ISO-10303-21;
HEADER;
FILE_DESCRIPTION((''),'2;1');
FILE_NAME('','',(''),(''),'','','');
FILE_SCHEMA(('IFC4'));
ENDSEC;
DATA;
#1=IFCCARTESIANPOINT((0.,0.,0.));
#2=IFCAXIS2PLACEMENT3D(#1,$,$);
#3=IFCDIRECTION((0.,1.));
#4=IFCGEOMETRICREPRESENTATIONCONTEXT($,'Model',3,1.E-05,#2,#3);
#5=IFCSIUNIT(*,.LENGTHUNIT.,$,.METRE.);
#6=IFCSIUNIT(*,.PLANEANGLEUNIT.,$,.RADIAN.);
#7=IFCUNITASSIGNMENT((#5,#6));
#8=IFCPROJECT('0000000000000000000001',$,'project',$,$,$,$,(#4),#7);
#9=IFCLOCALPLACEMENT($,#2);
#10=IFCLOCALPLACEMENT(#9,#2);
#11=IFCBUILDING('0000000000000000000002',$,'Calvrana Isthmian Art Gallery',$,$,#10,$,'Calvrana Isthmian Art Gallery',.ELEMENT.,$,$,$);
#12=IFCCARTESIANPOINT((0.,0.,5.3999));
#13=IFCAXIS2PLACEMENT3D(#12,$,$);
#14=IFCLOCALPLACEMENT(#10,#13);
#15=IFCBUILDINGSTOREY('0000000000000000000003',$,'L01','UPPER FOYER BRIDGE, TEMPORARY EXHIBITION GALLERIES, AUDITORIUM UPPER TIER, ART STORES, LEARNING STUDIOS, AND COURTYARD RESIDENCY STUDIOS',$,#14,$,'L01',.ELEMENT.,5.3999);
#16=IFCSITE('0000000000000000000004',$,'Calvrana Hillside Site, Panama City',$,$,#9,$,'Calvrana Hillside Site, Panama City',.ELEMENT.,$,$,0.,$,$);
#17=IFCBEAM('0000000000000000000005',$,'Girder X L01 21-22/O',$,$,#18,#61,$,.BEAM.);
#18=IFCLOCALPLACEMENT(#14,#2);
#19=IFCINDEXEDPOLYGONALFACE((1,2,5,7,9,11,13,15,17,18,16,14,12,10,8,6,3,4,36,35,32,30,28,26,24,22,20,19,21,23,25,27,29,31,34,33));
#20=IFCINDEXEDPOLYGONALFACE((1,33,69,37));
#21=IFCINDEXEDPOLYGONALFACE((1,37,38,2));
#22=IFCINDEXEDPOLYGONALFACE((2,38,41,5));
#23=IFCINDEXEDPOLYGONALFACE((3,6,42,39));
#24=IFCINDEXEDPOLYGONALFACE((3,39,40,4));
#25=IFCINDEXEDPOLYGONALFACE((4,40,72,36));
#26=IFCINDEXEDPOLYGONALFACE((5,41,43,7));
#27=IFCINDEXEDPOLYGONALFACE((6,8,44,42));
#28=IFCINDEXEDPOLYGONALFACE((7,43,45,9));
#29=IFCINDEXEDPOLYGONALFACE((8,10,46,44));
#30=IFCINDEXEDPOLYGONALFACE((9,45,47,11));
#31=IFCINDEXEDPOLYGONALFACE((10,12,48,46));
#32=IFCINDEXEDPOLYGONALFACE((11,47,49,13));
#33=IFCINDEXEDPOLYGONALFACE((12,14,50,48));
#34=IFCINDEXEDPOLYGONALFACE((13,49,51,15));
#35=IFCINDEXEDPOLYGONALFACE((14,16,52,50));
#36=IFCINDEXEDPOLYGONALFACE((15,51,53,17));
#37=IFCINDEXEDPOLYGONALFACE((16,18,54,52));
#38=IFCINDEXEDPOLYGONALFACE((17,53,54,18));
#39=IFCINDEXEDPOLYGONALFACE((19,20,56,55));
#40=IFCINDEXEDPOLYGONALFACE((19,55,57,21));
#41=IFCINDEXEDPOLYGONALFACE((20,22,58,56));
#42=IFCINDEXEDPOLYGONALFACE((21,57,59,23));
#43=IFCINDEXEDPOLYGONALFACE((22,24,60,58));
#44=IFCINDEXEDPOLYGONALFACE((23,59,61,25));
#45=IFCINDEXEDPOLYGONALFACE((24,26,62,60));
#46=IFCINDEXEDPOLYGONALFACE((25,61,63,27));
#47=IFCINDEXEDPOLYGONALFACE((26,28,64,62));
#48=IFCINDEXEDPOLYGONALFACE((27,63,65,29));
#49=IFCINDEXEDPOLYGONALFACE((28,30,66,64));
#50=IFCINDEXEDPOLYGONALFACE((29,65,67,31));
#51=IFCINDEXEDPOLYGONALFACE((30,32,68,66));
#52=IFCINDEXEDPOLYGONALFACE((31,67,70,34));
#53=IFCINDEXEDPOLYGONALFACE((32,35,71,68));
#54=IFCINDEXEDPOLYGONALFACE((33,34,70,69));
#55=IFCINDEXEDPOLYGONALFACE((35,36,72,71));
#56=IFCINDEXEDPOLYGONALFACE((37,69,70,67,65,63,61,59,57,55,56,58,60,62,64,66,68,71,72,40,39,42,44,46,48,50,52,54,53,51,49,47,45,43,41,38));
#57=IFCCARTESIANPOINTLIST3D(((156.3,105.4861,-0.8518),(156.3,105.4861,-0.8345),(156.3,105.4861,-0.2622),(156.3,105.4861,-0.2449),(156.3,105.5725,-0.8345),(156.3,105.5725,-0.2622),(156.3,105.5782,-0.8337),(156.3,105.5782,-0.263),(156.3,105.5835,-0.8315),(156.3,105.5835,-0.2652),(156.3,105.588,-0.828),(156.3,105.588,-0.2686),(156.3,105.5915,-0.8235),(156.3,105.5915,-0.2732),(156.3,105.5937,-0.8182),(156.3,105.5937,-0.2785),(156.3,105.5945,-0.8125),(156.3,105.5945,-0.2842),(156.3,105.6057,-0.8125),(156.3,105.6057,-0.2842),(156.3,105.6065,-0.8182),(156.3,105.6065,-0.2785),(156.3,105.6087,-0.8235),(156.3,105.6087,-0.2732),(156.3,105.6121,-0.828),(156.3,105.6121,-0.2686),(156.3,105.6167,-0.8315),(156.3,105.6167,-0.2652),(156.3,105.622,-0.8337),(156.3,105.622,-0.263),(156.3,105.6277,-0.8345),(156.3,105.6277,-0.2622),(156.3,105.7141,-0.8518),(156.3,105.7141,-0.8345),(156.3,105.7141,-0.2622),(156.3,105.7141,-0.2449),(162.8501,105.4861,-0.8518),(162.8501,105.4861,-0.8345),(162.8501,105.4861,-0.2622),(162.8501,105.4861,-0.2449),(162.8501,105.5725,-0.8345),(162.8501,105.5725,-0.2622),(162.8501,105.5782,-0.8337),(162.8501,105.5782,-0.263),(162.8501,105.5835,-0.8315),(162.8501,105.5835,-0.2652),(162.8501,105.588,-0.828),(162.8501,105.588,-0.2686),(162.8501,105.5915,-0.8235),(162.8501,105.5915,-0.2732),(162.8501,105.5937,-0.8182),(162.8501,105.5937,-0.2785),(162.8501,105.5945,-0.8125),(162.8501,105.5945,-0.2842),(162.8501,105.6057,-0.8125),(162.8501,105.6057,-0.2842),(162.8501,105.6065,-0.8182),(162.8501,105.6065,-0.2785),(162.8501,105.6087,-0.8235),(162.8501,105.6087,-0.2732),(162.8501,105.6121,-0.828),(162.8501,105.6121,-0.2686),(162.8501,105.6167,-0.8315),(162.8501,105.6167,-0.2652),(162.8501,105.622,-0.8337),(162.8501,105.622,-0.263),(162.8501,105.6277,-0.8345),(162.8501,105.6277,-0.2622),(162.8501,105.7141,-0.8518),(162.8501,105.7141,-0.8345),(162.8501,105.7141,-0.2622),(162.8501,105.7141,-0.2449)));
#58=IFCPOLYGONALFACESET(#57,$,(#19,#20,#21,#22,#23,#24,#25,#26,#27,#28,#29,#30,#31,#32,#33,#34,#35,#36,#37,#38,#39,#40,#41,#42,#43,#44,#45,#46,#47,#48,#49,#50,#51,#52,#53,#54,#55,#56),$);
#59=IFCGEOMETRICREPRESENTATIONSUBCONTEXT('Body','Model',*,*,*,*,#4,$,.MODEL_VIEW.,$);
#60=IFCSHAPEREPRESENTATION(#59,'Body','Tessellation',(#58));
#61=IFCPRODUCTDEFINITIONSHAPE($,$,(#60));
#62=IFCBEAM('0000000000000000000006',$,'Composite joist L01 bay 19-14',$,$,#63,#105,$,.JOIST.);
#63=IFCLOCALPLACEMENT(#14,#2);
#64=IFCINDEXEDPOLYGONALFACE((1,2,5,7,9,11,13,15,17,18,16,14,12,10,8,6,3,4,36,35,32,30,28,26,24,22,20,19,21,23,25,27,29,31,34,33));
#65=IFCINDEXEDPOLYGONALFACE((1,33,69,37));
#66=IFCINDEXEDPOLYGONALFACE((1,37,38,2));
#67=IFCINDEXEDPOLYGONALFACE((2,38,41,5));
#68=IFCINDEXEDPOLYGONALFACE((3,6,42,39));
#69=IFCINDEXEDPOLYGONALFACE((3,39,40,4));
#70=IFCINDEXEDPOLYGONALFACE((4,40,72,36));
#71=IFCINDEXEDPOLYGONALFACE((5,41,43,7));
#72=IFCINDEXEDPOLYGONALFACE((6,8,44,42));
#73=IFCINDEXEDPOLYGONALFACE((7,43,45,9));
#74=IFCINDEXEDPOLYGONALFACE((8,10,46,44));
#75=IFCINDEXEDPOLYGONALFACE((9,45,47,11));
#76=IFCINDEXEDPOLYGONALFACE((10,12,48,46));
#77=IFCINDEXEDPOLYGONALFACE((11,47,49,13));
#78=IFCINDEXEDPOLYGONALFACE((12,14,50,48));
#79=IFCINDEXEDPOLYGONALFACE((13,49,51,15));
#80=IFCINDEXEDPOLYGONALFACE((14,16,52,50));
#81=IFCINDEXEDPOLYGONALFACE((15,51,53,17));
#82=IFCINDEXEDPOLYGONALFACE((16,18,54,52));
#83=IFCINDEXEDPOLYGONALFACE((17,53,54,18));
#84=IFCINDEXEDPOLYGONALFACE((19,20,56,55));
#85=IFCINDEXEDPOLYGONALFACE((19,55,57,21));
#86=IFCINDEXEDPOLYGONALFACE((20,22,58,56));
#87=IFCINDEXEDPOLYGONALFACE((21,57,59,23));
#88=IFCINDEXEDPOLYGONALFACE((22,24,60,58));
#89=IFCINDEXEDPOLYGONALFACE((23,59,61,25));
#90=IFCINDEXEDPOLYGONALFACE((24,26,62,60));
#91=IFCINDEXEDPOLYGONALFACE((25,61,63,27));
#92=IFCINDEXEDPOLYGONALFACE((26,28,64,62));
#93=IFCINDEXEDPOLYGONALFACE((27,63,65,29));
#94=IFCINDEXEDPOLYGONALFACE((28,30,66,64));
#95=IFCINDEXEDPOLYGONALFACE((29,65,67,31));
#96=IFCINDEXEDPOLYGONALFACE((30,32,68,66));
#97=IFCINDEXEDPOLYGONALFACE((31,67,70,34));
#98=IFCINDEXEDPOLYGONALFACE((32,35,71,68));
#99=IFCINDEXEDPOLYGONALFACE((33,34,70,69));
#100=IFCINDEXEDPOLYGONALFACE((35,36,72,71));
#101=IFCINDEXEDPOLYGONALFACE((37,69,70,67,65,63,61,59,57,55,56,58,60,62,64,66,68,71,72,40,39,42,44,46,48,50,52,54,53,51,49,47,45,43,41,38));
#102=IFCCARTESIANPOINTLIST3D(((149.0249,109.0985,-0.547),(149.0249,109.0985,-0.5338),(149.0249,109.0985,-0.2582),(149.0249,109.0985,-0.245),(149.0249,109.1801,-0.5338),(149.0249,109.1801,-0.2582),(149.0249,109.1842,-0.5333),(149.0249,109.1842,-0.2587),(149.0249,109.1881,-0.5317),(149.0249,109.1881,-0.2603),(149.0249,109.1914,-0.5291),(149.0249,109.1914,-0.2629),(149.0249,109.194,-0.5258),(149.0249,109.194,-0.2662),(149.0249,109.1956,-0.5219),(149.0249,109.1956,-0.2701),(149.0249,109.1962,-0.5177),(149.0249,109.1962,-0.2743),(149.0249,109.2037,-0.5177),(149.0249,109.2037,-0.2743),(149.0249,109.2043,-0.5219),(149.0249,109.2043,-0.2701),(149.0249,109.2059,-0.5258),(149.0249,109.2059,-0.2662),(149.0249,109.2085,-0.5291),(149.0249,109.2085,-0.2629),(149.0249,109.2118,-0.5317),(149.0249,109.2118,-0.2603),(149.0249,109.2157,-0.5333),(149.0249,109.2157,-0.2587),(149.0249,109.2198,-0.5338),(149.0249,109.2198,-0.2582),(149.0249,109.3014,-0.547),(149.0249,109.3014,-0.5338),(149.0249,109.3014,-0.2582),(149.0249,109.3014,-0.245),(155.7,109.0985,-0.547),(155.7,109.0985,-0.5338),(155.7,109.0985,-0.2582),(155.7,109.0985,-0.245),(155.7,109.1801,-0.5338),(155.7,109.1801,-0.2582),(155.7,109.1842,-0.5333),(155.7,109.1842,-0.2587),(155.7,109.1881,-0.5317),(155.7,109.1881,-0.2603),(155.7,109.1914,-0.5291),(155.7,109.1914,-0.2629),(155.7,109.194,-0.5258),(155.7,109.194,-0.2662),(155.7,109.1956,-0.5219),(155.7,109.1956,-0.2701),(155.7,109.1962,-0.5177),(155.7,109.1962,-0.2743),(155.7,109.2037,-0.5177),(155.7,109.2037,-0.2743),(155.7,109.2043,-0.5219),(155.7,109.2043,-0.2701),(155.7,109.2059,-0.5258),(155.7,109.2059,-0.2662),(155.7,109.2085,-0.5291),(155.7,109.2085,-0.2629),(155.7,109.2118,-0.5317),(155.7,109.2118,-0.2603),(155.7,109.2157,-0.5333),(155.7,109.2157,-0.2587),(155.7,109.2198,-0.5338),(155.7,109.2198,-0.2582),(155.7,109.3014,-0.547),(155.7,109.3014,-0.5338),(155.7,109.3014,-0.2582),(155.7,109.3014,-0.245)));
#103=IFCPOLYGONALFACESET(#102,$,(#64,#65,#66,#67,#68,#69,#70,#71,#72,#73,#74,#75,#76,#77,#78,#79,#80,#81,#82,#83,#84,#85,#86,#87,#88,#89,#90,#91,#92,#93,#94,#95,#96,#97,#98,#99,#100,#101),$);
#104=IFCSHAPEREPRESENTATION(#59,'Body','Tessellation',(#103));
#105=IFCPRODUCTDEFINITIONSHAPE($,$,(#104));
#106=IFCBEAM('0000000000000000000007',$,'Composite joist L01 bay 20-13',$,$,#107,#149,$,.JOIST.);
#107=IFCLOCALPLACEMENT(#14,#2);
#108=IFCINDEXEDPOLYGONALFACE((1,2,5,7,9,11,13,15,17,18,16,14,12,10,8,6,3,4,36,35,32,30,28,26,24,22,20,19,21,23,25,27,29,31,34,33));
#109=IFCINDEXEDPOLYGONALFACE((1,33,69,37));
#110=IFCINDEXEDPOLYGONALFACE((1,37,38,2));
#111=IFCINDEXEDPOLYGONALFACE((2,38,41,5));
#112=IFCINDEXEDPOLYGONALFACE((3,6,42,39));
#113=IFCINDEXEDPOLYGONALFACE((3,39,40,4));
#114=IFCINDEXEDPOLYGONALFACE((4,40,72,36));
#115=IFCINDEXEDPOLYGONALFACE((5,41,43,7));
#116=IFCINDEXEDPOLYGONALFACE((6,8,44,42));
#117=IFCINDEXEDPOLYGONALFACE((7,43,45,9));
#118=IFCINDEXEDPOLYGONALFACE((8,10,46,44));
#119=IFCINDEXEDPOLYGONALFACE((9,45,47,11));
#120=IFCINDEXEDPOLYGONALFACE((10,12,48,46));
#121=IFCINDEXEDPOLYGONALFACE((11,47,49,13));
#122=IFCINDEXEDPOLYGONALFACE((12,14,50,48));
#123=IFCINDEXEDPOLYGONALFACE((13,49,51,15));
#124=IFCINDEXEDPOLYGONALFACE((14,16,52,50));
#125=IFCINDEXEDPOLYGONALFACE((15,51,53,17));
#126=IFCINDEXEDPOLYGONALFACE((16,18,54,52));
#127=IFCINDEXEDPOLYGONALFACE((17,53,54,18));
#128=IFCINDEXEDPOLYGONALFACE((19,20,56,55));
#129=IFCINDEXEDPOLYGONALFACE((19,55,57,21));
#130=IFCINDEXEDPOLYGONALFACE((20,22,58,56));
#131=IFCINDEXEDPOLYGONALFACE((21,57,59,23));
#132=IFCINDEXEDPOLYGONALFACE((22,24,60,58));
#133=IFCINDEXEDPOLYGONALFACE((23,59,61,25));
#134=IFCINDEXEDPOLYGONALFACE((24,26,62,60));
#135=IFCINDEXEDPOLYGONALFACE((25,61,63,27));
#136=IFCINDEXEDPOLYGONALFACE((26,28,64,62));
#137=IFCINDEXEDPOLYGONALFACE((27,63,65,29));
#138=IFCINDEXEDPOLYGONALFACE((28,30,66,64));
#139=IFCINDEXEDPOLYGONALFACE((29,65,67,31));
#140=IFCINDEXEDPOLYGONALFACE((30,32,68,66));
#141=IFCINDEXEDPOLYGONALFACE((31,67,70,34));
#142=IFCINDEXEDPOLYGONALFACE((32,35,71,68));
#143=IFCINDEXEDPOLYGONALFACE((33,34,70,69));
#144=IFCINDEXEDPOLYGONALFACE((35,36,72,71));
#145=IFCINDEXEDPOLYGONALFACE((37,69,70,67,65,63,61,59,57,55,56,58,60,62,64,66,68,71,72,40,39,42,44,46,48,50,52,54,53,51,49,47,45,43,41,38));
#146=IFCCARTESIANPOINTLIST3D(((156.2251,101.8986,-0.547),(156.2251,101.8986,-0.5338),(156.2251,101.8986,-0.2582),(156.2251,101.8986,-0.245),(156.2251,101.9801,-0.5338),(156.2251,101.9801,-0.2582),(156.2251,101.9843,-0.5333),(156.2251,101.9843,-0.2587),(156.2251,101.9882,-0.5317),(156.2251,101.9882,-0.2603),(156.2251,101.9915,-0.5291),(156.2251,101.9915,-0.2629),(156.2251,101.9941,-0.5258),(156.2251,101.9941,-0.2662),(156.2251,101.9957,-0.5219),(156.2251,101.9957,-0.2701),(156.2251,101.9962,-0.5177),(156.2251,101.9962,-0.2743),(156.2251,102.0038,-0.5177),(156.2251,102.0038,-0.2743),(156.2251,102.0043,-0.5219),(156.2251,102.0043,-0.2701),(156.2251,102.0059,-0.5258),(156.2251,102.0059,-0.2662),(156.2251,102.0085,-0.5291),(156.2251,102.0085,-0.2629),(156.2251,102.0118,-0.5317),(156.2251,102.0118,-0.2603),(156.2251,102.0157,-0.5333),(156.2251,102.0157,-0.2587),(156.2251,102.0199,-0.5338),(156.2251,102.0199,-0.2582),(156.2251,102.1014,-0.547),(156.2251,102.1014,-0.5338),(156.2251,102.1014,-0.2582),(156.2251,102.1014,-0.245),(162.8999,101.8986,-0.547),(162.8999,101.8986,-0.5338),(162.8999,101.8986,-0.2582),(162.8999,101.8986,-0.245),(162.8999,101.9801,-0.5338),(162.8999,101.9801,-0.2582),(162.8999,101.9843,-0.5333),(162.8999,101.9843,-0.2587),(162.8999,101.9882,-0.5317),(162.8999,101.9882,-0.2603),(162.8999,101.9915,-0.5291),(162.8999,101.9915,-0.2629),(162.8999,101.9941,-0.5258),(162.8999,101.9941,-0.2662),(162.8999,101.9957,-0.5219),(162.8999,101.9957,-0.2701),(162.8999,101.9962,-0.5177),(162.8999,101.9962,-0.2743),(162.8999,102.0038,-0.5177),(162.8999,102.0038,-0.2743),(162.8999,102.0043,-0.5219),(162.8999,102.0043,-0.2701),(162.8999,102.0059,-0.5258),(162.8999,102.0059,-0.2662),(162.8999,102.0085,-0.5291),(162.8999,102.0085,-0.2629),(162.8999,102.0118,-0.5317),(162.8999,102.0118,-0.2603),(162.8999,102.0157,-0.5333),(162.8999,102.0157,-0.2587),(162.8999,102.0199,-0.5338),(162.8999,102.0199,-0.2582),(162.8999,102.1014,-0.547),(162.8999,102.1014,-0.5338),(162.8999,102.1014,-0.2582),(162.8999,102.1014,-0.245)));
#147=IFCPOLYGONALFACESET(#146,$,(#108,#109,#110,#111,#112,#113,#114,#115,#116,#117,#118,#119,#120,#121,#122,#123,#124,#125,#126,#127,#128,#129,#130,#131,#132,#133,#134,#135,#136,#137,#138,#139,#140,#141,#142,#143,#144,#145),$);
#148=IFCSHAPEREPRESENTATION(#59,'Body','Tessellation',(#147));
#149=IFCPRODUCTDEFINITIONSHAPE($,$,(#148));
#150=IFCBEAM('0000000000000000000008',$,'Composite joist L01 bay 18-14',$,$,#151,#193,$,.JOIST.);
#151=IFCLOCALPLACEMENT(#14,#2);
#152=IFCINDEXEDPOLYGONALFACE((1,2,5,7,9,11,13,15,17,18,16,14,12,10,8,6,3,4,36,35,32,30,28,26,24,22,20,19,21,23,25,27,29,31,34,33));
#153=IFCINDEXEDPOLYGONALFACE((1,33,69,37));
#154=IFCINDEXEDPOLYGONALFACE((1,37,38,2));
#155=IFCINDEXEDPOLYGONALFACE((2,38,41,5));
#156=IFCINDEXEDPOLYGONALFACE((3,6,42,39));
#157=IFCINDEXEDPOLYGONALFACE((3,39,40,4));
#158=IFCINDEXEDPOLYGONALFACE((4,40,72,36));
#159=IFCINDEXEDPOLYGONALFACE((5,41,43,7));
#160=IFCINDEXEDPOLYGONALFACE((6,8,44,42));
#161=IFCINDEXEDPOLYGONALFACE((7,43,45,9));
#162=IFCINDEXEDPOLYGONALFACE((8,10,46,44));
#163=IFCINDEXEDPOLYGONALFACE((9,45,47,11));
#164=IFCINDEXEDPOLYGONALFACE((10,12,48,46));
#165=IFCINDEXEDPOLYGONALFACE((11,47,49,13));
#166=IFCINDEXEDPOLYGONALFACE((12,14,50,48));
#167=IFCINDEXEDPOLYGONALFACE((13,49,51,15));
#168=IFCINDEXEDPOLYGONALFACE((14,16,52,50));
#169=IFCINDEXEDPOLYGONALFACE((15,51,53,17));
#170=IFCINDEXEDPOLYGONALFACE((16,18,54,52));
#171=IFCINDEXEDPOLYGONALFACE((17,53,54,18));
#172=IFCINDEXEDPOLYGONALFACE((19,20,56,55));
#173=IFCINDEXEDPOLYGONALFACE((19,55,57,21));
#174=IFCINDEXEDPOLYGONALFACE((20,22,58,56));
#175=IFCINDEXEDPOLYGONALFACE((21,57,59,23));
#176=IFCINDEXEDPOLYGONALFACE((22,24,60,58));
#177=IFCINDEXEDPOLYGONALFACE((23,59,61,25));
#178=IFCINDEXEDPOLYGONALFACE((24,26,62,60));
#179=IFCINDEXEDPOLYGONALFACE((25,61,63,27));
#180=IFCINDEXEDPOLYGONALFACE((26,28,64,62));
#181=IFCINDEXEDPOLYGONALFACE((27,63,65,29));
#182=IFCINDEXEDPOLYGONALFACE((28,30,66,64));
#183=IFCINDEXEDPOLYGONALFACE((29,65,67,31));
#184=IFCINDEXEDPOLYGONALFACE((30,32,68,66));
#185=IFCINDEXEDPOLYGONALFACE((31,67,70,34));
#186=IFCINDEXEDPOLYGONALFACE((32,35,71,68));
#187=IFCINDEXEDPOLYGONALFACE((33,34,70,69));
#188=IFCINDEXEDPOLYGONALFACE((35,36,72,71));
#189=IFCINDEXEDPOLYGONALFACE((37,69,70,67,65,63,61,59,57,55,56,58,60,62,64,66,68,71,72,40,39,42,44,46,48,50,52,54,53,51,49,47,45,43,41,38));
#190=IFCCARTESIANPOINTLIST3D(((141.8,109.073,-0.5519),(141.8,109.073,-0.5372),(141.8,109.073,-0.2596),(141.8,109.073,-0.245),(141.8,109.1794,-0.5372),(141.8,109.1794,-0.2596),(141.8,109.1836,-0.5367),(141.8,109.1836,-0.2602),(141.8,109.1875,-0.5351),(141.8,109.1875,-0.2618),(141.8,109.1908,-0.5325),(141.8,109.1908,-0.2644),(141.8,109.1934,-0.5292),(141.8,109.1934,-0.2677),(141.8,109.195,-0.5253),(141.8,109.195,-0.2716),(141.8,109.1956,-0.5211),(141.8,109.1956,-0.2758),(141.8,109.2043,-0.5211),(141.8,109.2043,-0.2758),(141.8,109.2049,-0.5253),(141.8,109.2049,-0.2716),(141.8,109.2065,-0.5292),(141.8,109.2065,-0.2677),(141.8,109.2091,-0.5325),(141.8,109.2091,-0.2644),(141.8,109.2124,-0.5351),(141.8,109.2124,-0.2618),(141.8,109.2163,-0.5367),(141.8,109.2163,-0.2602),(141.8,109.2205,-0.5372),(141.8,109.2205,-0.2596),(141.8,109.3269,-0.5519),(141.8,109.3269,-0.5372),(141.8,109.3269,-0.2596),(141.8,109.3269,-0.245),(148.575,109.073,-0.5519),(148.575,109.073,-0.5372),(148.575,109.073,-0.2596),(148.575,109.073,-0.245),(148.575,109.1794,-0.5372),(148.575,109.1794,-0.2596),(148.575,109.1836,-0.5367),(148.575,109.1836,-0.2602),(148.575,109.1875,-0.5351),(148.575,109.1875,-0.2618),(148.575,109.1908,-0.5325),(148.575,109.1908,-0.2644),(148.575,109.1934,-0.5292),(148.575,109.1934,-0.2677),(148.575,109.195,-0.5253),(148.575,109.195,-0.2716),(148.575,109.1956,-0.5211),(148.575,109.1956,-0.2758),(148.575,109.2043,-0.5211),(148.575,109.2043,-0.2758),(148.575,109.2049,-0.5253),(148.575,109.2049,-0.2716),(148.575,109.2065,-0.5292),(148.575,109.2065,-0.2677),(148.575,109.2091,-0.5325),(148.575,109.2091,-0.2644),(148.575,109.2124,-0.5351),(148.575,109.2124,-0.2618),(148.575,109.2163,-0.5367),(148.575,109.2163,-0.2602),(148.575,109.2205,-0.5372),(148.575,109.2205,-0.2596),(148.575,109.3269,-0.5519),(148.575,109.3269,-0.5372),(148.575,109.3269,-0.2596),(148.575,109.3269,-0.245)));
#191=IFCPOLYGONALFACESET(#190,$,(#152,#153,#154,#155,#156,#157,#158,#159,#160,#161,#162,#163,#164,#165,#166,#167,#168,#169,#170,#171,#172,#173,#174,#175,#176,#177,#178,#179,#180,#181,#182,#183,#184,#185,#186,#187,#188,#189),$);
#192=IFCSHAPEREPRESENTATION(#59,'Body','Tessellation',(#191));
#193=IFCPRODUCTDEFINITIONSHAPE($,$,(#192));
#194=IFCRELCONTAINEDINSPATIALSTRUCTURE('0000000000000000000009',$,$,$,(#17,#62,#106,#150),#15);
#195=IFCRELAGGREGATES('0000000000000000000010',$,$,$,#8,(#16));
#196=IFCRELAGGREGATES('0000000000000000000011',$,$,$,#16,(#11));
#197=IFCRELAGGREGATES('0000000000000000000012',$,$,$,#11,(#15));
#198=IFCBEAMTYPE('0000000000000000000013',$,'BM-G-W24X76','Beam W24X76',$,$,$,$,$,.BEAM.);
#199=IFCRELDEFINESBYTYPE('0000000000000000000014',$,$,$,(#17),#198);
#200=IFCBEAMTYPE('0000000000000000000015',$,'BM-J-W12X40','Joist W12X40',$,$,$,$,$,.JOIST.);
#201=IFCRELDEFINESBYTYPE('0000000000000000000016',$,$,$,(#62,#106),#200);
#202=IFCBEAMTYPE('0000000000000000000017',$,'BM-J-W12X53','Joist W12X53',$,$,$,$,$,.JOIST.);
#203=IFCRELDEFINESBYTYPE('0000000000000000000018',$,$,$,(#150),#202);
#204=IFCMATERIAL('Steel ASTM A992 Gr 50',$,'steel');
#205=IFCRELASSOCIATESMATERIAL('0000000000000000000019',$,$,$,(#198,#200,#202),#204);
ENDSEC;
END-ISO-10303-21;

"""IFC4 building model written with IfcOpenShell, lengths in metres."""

from ifc_helpers import new_model, si_unit, direction, frame, origin, origin_2d, place, context, subcontext, project, spatial, i_section, extrude, material, material_profile, profile_set, type_object, element, save


model = new_model("IFC4")

# Units and contexts
model_context = context("Model", 3, precision=1e-05, world=origin(), true_north=direction((0.0, 1.0)))
body_context = subcontext(model_context, "Body", "Model", "MODEL_VIEW")
ifc_project = project(units=[si_unit("LENGTHUNIT", "METRE"), si_unit("PLANEANGLEUNIT", "RADIAN")], contexts=[model_context])

# Site, building, storey
site_placement = place(None, origin())
site = spatial("IfcSite", under=ifc_project, at=site_placement, Name="Calvrana Hillside Site, Panama City", LongName="Calvrana Hillside Site, Panama City", CompositionType="ELEMENT", RefElevation=0.0)
building_placement = place(site_placement, origin())
building = spatial("IfcBuilding", under=site, at=building_placement, Name="Calvrana Isthmian Art Gallery", LongName="Calvrana Isthmian Art Gallery", CompositionType="ELEMENT")
storey_placement = place(building_placement, frame((0.0, 0.0, 5.3999)))
storey = spatial("IfcBuildingStorey", under=building, at=storey_placement, Name="L01", Description="UPPER FOYER BRIDGE, TEMPORARY EXHIBITION GALLERIES, AUDITORIUM UPPER TIER, ART STORES, LEARNING STUDIOS, AND COURTYARD RESIDENCY STUDIOS", LongName="L01", CompositionType="ELEMENT", Elevation=5.3999)

# Beams
ifc_material_1 = material(Name="Steel ASTM A992 Gr 50", Category="steel")
ifc_material_profile_1 = material_profile(ifc_material_1, i_section(OverallWidth=0.228, OverallDepth=0.6069, WebThickness=0.0112, FlangeThickness=0.0173, FilletRadius=0.022, at=origin_2d()), Name="W24X76")
ifc_profile_set_1 = profile_set([ifc_material_profile_1], Name="Steel ASTM A992 Gr 50")
beam_type_1 = type_object("IfcBeamType", Name="BM-G-W24X76", Description="Beam W24X76", PredefinedType="BEAM", material=ifc_profile_set_1)
beam_1_placement = place(storey_placement, frame((156.3, 105.6001, -0.5483), z_axis=(1.0, 0.0, 0.0), x_axis=(0.0, 1.0, 0.0)))
element("IfcBeam", 1, at=beam_1_placement, inside=storey, type_object=beam_type_1, Name="Girder X L01 21-22/O", PredefinedType="BEAM", context=body_context, shape_type="SweptSolid", body=[
    extrude(i_section(OverallWidth=0.228, OverallDepth=0.6069, WebThickness=0.0112, FlangeThickness=0.0173, FilletRadius=0.022, at=origin_2d()), origin(), (0.0, 0.0, 1.0), 6.55),
])
ifc_material_profile_2 = material_profile(ifc_material_1, i_section(OverallWidth=0.2029, OverallDepth=0.302, WebThickness=0.0076, FlangeThickness=0.0132, FilletRadius=0.0161, at=origin_2d()), Name="W12X40")
ifc_profile_set_2 = profile_set([ifc_material_profile_2], Name="Steel ASTM A992 Gr 50")
beam_type_2 = type_object("IfcBeamType", Name="BM-J-W12X40", Description="Joist W12X40", PredefinedType="JOIST", material=ifc_profile_set_2)
beam_2_placement = place(storey_placement, frame((149.0249, 109.2, -0.396), z_axis=(1.0, 0.0, 0.0), x_axis=(0.0, 1.0, 0.0)))
element("IfcBeam", 2, at=beam_2_placement, inside=storey, type_object=beam_type_2, Name="Composite joist L01 bay 19-14", PredefinedType="JOIST", context=body_context, shape_type="SweptSolid", body=[
    extrude(i_section(OverallWidth=0.2029, OverallDepth=0.302, WebThickness=0.0076, FlangeThickness=0.0132, FilletRadius=0.0161, at=origin_2d()), origin(), (0.0, 0.0, 1.0), 6.675),
])
beam_3_placement = place(storey_placement, frame((156.2251, 102.0, -0.396), z_axis=(1.0, 0.0, 0.0), x_axis=(0.0, 1.0, 0.0)))
element("IfcBeam", 3, at=beam_3_placement, inside=storey, type_object=beam_type_2, Name="Composite joist L01 bay 20-13", PredefinedType="JOIST", context=body_context, shape_type="SweptSolid", body=[
    extrude(i_section(OverallWidth=0.2029, OverallDepth=0.302, WebThickness=0.0076, FlangeThickness=0.0132, FilletRadius=0.0161, at=origin_2d()), origin(), (0.0, 0.0, 1.0), 6.6748),
])
ifc_material_profile_3 = material_profile(ifc_material_1, i_section(OverallWidth=0.2539, OverallDepth=0.3069, WebThickness=0.0088, FlangeThickness=0.0146, FilletRadius=0.0161, at=origin_2d()), Name="W12X53")
ifc_profile_set_3 = profile_set([ifc_material_profile_3], Name="Steel ASTM A992 Gr 50")
beam_type_3 = type_object("IfcBeamType", Name="BM-J-W12X53", Description="Joist W12X53", PredefinedType="JOIST", material=ifc_profile_set_3)
for number, where, z_axis, x_axis, name in (
    (4, (141.8, 109.2, -0.3984), (1.0, 0.0, 0.0), (0.0, 1.0, 0.0), "Composite joist L01 bay 18-14"),
):
    element("IfcBeam", number, at=place(storey_placement, frame(where, z_axis=z_axis, x_axis=x_axis)), inside=storey, type_object=beam_type_3, Name=name, PredefinedType="JOIST", context=body_context, shape_type="SweptSolid", body=[
        extrude(i_section(OverallWidth=0.2539, OverallDepth=0.3069, WebThickness=0.0088, FlangeThickness=0.0146, FilletRadius=0.0161, at=origin_2d()), origin(), (0.0, 0.0, 1.0), 6.7749),
    ])

save(model, "model.ifc")
